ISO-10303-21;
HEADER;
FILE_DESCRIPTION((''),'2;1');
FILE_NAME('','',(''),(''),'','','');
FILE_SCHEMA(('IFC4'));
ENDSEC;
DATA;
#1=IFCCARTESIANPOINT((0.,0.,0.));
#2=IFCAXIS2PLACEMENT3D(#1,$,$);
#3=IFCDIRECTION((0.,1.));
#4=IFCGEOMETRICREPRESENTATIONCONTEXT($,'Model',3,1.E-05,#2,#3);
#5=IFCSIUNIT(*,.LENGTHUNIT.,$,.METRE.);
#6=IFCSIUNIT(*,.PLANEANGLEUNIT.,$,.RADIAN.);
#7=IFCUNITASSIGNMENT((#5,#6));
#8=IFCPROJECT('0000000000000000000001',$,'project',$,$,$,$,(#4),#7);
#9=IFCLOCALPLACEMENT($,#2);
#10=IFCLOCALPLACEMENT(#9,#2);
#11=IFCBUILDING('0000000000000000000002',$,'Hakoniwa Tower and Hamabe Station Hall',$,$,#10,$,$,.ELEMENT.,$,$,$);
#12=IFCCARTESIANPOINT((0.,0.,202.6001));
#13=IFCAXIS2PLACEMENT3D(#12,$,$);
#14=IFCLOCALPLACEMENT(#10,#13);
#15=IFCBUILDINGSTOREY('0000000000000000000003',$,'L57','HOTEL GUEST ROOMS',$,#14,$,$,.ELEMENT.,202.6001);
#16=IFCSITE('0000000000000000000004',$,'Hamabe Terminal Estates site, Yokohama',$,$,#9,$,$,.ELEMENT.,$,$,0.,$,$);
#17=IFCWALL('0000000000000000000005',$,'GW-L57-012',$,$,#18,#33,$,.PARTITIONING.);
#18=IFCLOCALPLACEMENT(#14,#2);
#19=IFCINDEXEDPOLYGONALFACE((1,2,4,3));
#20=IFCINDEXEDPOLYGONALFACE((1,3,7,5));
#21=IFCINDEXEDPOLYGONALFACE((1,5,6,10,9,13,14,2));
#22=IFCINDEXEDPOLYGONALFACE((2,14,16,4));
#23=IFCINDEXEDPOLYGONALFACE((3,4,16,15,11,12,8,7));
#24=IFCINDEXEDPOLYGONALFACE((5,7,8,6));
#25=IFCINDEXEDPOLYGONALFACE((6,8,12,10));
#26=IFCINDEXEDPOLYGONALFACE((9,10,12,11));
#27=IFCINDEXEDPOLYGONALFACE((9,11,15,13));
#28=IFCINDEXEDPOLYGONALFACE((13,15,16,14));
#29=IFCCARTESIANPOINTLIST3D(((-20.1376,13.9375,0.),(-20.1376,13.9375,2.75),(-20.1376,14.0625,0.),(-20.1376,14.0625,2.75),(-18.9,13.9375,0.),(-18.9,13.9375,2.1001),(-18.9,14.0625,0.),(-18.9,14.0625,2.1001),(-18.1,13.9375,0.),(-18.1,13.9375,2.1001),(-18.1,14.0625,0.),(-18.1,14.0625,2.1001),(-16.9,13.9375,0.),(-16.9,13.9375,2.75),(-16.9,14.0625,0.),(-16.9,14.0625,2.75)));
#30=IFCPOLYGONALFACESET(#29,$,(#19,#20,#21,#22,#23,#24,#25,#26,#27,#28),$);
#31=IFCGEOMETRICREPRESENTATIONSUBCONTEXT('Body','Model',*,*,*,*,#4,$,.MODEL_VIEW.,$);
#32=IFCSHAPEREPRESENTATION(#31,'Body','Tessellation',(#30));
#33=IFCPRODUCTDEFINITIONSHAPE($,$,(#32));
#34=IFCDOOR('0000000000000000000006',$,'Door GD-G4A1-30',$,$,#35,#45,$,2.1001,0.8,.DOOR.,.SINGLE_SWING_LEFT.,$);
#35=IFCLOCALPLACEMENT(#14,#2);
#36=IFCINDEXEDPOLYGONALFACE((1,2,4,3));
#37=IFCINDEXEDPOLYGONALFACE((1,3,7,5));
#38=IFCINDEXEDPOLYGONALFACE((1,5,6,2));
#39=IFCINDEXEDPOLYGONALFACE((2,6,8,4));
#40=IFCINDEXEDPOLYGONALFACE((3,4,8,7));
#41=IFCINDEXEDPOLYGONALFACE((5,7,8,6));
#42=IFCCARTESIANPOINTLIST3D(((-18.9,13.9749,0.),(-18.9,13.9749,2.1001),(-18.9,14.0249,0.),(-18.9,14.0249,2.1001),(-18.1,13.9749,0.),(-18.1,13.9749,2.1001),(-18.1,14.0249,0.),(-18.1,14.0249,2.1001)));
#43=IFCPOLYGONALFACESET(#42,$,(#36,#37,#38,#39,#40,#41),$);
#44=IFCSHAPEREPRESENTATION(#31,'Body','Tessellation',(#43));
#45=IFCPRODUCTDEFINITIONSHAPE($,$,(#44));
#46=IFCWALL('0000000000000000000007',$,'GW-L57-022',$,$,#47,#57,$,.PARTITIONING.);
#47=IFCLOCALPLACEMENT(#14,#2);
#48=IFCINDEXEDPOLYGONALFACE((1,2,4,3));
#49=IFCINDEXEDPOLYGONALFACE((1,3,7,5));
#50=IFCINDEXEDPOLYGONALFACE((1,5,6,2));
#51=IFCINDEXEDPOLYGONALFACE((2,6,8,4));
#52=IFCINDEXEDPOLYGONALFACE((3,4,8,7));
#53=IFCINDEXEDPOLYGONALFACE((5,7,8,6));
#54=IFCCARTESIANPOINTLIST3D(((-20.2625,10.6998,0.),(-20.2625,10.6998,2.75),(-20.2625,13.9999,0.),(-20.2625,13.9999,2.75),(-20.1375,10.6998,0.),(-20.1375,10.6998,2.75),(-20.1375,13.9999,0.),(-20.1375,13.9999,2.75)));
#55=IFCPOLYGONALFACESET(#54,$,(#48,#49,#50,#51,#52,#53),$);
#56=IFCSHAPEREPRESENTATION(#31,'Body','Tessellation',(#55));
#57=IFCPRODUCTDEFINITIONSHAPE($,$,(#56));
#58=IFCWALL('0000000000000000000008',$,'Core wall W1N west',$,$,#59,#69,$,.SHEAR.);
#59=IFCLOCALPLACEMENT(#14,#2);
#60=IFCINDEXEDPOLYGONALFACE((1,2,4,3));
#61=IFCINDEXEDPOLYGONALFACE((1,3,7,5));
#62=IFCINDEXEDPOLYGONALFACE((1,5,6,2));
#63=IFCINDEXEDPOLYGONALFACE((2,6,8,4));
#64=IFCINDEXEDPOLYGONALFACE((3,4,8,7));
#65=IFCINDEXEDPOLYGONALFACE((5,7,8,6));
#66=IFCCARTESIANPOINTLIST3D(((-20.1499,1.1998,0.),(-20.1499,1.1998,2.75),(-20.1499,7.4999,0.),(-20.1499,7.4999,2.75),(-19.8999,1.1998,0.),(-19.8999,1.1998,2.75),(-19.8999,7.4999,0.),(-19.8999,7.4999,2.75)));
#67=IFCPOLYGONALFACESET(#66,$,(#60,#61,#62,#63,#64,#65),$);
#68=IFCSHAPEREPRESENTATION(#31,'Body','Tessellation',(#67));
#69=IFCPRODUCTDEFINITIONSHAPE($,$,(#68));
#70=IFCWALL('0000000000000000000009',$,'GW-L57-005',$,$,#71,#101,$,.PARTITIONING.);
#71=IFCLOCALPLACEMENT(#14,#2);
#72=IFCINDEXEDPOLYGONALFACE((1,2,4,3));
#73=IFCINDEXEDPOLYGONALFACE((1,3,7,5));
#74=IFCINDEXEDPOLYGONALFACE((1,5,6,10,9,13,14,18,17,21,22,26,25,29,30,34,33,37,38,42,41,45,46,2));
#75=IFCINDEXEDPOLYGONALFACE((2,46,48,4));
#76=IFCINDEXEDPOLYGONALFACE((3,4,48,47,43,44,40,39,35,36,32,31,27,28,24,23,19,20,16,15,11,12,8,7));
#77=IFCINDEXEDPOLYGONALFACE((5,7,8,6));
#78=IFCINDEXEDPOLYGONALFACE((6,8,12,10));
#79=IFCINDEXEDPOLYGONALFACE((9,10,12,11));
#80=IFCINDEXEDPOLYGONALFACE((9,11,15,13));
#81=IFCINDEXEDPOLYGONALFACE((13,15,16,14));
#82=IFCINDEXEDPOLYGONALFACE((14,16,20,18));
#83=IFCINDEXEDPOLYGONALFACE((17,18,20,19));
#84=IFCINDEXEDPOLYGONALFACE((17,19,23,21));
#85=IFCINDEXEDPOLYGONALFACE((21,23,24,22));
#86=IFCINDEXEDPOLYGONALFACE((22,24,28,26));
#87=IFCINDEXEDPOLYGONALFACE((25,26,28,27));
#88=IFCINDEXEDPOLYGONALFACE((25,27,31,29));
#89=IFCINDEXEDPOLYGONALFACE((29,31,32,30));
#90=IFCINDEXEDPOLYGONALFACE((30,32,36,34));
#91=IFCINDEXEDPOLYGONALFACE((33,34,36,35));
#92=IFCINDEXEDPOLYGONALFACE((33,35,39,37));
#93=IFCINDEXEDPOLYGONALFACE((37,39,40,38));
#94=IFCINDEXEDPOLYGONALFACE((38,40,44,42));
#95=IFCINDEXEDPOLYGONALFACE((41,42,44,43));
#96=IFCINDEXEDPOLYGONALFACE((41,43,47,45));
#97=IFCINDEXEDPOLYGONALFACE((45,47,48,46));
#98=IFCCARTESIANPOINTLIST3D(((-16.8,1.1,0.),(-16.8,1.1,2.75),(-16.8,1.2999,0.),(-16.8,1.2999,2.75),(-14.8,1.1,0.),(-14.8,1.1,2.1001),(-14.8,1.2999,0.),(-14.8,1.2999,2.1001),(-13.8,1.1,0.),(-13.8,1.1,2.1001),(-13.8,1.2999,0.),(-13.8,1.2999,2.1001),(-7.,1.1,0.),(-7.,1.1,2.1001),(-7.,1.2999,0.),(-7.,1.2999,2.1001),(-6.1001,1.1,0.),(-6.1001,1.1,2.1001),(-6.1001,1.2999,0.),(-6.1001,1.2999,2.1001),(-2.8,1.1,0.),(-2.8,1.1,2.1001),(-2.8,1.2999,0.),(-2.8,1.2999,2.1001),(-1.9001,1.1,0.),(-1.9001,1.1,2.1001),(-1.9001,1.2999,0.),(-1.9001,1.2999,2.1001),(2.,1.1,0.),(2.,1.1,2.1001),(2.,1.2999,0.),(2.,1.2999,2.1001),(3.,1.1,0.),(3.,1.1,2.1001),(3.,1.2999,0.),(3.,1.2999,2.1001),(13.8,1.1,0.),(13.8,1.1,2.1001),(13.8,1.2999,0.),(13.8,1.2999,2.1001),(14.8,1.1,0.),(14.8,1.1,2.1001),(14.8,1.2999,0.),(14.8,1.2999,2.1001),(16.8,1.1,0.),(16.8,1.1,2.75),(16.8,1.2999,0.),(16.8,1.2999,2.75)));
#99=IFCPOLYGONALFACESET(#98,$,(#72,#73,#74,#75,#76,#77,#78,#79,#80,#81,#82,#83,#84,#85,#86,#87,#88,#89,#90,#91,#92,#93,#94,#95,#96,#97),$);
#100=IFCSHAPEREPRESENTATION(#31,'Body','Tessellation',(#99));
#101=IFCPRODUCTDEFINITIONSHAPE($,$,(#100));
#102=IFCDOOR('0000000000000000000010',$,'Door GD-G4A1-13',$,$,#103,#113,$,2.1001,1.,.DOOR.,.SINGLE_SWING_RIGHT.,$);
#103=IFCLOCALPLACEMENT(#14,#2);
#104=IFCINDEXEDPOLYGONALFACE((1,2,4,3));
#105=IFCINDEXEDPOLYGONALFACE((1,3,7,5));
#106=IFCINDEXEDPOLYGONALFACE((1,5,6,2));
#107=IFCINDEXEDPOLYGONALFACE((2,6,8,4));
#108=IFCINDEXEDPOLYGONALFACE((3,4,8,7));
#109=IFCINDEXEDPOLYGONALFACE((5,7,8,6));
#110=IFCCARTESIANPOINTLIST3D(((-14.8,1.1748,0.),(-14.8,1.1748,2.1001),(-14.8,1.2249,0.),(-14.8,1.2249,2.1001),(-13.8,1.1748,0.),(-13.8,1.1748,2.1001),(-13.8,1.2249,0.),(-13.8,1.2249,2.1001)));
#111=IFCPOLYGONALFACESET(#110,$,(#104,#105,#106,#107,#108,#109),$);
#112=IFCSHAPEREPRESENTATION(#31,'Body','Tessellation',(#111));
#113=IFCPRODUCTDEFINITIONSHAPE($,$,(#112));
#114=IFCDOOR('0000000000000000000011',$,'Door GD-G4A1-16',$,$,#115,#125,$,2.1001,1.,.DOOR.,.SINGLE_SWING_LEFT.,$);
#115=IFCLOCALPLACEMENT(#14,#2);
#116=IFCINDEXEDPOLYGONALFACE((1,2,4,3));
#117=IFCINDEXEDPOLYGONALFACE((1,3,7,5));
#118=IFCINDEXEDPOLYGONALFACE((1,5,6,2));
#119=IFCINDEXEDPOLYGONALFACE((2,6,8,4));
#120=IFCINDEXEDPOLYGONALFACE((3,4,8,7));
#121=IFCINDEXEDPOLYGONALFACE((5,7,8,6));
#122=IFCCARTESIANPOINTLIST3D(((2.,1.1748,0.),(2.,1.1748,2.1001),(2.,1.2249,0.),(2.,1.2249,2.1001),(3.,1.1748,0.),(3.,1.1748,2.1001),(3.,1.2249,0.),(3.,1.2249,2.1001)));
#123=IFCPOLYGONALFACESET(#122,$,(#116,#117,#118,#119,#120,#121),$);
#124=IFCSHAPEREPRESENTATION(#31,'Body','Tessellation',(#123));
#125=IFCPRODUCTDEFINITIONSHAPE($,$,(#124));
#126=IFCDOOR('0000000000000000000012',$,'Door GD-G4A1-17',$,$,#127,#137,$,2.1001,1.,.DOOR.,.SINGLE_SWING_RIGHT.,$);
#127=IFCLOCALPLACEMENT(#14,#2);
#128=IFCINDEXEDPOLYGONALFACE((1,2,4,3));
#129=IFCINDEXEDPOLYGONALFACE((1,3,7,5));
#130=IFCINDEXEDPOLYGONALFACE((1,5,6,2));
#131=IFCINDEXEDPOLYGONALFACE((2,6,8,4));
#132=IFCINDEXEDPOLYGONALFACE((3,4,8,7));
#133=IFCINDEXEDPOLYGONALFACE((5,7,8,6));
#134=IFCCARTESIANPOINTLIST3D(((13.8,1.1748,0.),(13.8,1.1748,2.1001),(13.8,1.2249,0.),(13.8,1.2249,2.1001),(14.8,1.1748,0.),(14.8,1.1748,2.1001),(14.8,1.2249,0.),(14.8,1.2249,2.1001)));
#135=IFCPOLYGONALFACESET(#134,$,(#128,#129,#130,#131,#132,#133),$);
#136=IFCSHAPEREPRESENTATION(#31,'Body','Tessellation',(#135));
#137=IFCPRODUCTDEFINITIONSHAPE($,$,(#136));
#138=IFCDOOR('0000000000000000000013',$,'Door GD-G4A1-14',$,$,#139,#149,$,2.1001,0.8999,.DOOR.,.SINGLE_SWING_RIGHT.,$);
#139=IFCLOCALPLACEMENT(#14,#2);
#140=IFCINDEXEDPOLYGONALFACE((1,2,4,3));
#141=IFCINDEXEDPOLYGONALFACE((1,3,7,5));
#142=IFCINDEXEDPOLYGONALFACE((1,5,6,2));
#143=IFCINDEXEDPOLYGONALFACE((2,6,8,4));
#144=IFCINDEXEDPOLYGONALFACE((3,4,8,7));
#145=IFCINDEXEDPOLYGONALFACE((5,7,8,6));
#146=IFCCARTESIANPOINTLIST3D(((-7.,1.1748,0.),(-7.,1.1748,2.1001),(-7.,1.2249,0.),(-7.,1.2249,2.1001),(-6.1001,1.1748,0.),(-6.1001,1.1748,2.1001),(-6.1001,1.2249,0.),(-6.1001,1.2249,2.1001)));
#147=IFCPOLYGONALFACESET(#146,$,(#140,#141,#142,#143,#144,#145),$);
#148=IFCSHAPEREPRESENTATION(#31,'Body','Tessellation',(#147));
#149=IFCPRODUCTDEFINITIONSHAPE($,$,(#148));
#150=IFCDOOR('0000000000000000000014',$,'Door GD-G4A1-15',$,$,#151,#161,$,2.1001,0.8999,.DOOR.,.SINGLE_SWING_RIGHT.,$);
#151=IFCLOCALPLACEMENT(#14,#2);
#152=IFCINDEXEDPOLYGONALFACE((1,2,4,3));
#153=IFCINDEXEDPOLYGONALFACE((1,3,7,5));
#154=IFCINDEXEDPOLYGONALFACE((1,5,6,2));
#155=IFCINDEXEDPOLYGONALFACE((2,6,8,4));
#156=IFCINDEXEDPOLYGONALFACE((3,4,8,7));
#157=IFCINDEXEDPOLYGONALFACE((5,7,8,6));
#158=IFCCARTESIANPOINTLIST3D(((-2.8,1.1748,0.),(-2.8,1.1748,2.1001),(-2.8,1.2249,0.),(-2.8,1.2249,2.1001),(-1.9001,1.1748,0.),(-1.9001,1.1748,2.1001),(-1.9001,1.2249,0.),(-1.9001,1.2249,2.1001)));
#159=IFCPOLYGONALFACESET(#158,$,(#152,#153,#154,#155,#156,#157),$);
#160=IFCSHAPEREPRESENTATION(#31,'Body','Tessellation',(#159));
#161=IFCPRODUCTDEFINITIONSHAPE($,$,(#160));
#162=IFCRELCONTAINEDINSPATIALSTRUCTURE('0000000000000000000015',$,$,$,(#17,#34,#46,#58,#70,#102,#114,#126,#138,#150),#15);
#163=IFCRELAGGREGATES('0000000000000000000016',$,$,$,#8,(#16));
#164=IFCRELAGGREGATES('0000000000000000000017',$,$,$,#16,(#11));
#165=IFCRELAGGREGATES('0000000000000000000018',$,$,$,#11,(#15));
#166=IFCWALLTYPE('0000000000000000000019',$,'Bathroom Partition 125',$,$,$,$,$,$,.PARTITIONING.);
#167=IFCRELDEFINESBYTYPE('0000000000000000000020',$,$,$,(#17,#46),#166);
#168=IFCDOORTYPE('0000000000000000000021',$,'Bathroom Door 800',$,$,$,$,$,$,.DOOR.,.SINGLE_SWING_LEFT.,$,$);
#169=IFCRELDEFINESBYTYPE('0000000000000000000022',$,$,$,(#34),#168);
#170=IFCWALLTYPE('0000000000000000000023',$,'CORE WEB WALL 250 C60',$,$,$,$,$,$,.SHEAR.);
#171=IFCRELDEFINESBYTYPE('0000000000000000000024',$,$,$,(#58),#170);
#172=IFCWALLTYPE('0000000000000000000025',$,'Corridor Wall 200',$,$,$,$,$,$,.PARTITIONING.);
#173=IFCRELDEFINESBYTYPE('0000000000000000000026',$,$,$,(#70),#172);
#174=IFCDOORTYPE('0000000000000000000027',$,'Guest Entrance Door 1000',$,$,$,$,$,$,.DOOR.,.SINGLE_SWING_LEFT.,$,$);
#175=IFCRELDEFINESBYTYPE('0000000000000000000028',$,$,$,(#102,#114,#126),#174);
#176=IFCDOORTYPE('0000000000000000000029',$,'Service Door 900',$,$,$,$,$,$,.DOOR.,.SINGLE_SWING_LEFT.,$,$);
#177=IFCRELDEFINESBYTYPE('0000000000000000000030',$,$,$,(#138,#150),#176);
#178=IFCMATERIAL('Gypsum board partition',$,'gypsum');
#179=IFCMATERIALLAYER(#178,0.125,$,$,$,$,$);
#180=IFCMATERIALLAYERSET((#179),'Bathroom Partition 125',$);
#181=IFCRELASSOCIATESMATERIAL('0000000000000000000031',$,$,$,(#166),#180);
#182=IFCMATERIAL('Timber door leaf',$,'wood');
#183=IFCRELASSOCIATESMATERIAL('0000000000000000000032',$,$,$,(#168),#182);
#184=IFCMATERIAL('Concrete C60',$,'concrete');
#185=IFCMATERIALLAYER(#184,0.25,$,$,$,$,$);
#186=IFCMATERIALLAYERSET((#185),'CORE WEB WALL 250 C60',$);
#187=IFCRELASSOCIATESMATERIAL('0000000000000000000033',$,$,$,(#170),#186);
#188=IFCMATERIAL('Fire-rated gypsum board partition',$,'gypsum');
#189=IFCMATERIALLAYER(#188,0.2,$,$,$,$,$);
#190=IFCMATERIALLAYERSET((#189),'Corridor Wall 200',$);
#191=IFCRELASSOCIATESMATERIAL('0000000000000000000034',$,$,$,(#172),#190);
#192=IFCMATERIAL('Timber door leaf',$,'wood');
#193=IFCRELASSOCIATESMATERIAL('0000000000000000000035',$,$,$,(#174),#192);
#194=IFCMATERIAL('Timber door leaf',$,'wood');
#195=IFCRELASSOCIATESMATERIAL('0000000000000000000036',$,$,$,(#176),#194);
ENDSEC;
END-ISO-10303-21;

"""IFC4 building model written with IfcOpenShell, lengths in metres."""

from ifc_helpers import new_model, si_unit, direction, frame, frame_2d, origin, place, context, subcontext, project, spatial, rectangle, extrude, material, layer, layer_set, type_object, element, fill, save


model = new_model("IFC4")

# Units and contexts
model_context = context("Model", 3, precision=1e-05, world=origin(), true_north=direction((0.0, 1.0)))
body_context = subcontext(model_context, "Body", "Model", "MODEL_VIEW")
ifc_project = project(units=[si_unit("LENGTHUNIT", "METRE"), si_unit("PLANEANGLEUNIT", "RADIAN")], contexts=[model_context])

# Site, building, storey
site_placement = place(None, origin())
site = spatial("IfcSite", under=ifc_project, at=site_placement, Name="Hamabe Terminal Estates site, Yokohama", CompositionType="ELEMENT", RefElevation=0.0)
building_placement = place(site_placement, origin())
building = spatial("IfcBuilding", under=site, at=building_placement, Name="Hakoniwa Tower and Hamabe Station Hall", CompositionType="ELEMENT")
storey_placement = place(building_placement, frame((0.0, 0.0, 202.6001)))
storey = spatial("IfcBuildingStorey", under=building, at=storey_placement, Name="L57", Description="HOTEL GUEST ROOMS", CompositionType="ELEMENT", Elevation=202.6001)

# Wall, opening, door
ifc_material_1 = material(Name="Gypsum board partition", Category="gypsum")
ifc_layer_1 = layer(ifc_material_1, 0.125)
ifc_layer_set_1 = layer_set([ifc_layer_1], Name="Bathroom Partition 125")
wall_type_1 = type_object("IfcWallType", Name="Bathroom Partition 125", PredefinedType="PARTITIONING", material=ifc_layer_set_1)
ifc_material_2 = material(Name="Timber door leaf", Category="wood")
door_type_1 = type_object("IfcDoorType", Name="Bathroom Door 800", OperationType="SINGLE_SWING_LEFT", PredefinedType="DOOR", material=ifc_material_2)
wall_1_placement = place(storey_placement, frame((-20.1375, 14.0, 0.0), z_axis=(0.0, 0.0, 1.0), x_axis=(1.0, 0.0, 0.0)))
wall_1 = element("IfcWall", 1, at=wall_1_placement, inside=storey, type_object=wall_type_1, Name="GW-L57-012", PredefinedType="PARTITIONING", context=body_context, shape_type="SweptSolid", body=[
    extrude(rectangle(XDim=3.2375, YDim=0.125, at=frame_2d((1.6187, 0.0))), origin(), (0.0, 0.0, 1.0), 2.75),
])
opening_1_placement = place(wall_1_placement, frame((1.2375, 0.0, 0.0)))
opening_1 = element("IfcOpeningElement", 2, at=opening_1_placement, cuts=wall_1, PredefinedType="OPENING", context=body_context, shape_type="SweptSolid", body=[
    extrude(rectangle(XDim=0.8, YDim=2.1001, at=frame_2d((0.3999, 1.05))), frame((0.0, 0.0725, 0.0), z_axis=(0.0, -1.0, 0.0), x_axis=(1.0, 0.0, 0.0)), (0.0, 0.0, 1.0), 0.145),
])
door_1_placement = place(opening_1_placement, origin())
door_1 = element("IfcDoor", 3, at=door_1_placement, inside=storey, type_object=door_type_1, Name="Door GD-G4A1-30", OperationType="SINGLE_SWING_LEFT", OverallHeight=2.1001, OverallWidth=0.8, PredefinedType="DOOR", context=body_context, shape_type="SweptSolid", body=[
    extrude(rectangle(XDim=0.8, YDim=2.1001, at=frame_2d((0.3999, 1.05))), frame((0.0, 0.0249, 0.0), z_axis=(0.0, -1.0, 0.0), x_axis=(1.0, 0.0, 0.0)), (0.0, 0.0, 1.0), 0.05),
])
fill(opening_1, door_1)

# Walls
wall_2_placement = place(storey_placement, frame((-20.2, 10.7, 0.0), z_axis=(0.0, 0.0, 1.0), x_axis=(0.0, 1.0, 0.0)))
element("IfcWall", 4, at=wall_2_placement, inside=storey, type_object=wall_type_1, Name="GW-L57-022", PredefinedType="PARTITIONING", context=body_context, shape_type="SweptSolid", body=[
    extrude(rectangle(XDim=3.3, YDim=0.125, at=frame_2d((1.6499, 0.0))), origin(), (0.0, 0.0, 1.0), 2.75),
])
ifc_material_3 = material(Name="Concrete C60", Category="concrete")
ifc_layer_2 = layer(ifc_material_3, 0.25)
ifc_layer_set_2 = layer_set([ifc_layer_2], Name="CORE WEB WALL 250 C60")
wall_type_2 = type_object("IfcWallType", Name="CORE WEB WALL 250 C60", PredefinedType="SHEAR", material=ifc_layer_set_2)
wall_3_placement = place(storey_placement, frame((-20.0249, 1.2, 0.0), z_axis=(0.0, 0.0, 1.0), x_axis=(0.0, 1.0, 0.0)))
element("IfcWall", 5, at=wall_3_placement, inside=storey, type_object=wall_type_2, Name="Core wall W1N west", PredefinedType="SHEAR", context=body_context, shape_type="SweptSolid", body=[
    extrude(rectangle(XDim=6.3, YDim=0.25, at=frame_2d((3.1499, 0.0))), origin(), (0.0, 0.0, 1.0), 2.75),
])

# Wall, openings, doors
ifc_material_4 = material(Name="Fire-rated gypsum board partition", Category="gypsum")
ifc_layer_3 = layer(ifc_material_4, 0.2)
ifc_layer_set_3 = layer_set([ifc_layer_3], Name="Corridor Wall 200")
wall_type_3 = type_object("IfcWallType", Name="Corridor Wall 200", PredefinedType="PARTITIONING", material=ifc_layer_set_3)
wall_4_placement = place(storey_placement, frame((-16.8, 1.2, 0.0), z_axis=(0.0, 0.0, 1.0), x_axis=(1.0, 0.0, 0.0)))
wall_4 = element("IfcWall", 6, at=wall_4_placement, inside=storey, type_object=wall_type_3, Name="GW-L57-005", PredefinedType="PARTITIONING", context=body_context, shape_type="SweptSolid", body=[
    extrude(rectangle(XDim=33.6001, YDim=0.2, at=frame_2d((16.8, 0.0))), origin(), (0.0, 0.0, 1.0), 2.75),
])
opening_2_placement = place(wall_4_placement, frame((2.0, 0.0, 0.0)))
opening_2 = element("IfcOpeningElement", 7, at=opening_2_placement, cuts=wall_4, PredefinedType="OPENING", context=body_context, shape_type="SweptSolid", body=[
    extrude(rectangle(XDim=1.0, YDim=2.1001, at=frame_2d((0.5, 1.05))), frame((0.0, 0.1099, 0.0), z_axis=(0.0, -1.0, 0.0), x_axis=(1.0, 0.0, 0.0)), (0.0, 0.0, 1.0), 0.22),
])
opening_3_placement = place(wall_4_placement, frame((9.8, 0.0, 0.0)))
opening_3 = element("IfcOpeningElement", 8, at=opening_3_placement, cuts=wall_4, PredefinedType="OPENING", context=body_context, shape_type="SweptSolid", body=[
    extrude(rectangle(XDim=0.8999, YDim=2.1001, at=frame_2d((0.45, 1.05))), frame((0.0, 0.1099, 0.0), z_axis=(0.0, -1.0, 0.0), x_axis=(1.0, 0.0, 0.0)), (0.0, 0.0, 1.0), 0.22),
])
opening_4_placement = place(wall_4_placement, frame((14.0, 0.0, 0.0)))
opening_4 = element("IfcOpeningElement", 9, at=opening_4_placement, cuts=wall_4, PredefinedType="OPENING", context=body_context, shape_type="SweptSolid", body=[
    extrude(rectangle(XDim=0.8999, YDim=2.1001, at=frame_2d((0.45, 1.05))), frame((0.0, 0.1099, 0.0), z_axis=(0.0, -1.0, 0.0), x_axis=(1.0, 0.0, 0.0)), (0.0, 0.0, 1.0), 0.22),
])
opening_5_placement = place(wall_4_placement, frame((18.8, 0.0, 0.0)))
opening_5 = element("IfcOpeningElement", 10, at=opening_5_placement, cuts=wall_4, PredefinedType="OPENING", context=body_context, shape_type="SweptSolid", body=[
    extrude(rectangle(XDim=1.0, YDim=2.1001, at=frame_2d((0.5, 1.05))), frame((0.0, 0.1099, 0.0), z_axis=(0.0, -1.0, 0.0), x_axis=(1.0, 0.0, 0.0)), (0.0, 0.0, 1.0), 0.22),
])
opening_6_placement = place(wall_4_placement, frame((30.6001, 0.0, 0.0)))
opening_6 = element("IfcOpeningElement", 11, at=opening_6_placement, cuts=wall_4, PredefinedType="OPENING", context=body_context, shape_type="SweptSolid", body=[
    extrude(rectangle(XDim=1.0, YDim=2.1001, at=frame_2d((0.5, 1.05))), frame((0.0, 0.1099, 0.0), z_axis=(0.0, -1.0, 0.0), x_axis=(1.0, 0.0, 0.0)), (0.0, 0.0, 1.0), 0.22),
])
ifc_material_5 = material(Name="Timber door leaf", Category="wood")
door_type_2 = type_object("IfcDoorType", Name="Guest Entrance Door 1000", OperationType="SINGLE_SWING_LEFT", PredefinedType="DOOR", material=ifc_material_5)
door_2_placement = place(opening_2_placement, origin())
door_2 = element("IfcDoor", 12, at=door_2_placement, inside=storey, type_object=door_type_2, Name="Door GD-G4A1-13", OperationType="SINGLE_SWING_RIGHT", OverallHeight=2.1001, OverallWidth=1.0, PredefinedType="DOOR", context=body_context, shape_type="SweptSolid", body=[
    extrude(rectangle(XDim=1.0, YDim=2.1001, at=frame_2d((0.5, 1.05))), frame((0.0, 0.0249, 0.0), z_axis=(0.0, -1.0, 0.0), x_axis=(1.0, 0.0, 0.0)), (0.0, 0.0, 1.0), 0.05),
])
fill(opening_2, door_2)
door_3_placement = place(opening_5_placement, origin())
door_3 = element("IfcDoor", 13, at=door_3_placement, inside=storey, type_object=door_type_2, Name="Door GD-G4A1-16", OperationType="SINGLE_SWING_LEFT", OverallHeight=2.1001, OverallWidth=1.0, PredefinedType="DOOR", context=body_context, shape_type="SweptSolid", body=[
    extrude(rectangle(XDim=1.0, YDim=2.1001, at=frame_2d((0.5, 1.05))), frame((0.0, 0.0249, 0.0), z_axis=(0.0, -1.0, 0.0), x_axis=(1.0, 0.0, 0.0)), (0.0, 0.0, 1.0), 0.05),
])
fill(opening_5, door_3)
door_4_placement = place(opening_6_placement, origin())
door_4 = element("IfcDoor", 14, at=door_4_placement, inside=storey, type_object=door_type_2, Name="Door GD-G4A1-17", OperationType="SINGLE_SWING_RIGHT", OverallHeight=2.1001, OverallWidth=1.0, PredefinedType="DOOR", context=body_context, shape_type="SweptSolid", body=[
    extrude(rectangle(XDim=1.0, YDim=2.1001, at=frame_2d((0.5, 1.05))), frame((0.0, 0.0249, 0.0), z_axis=(0.0, -1.0, 0.0), x_axis=(1.0, 0.0, 0.0)), (0.0, 0.0, 1.0), 0.05),
])
fill(opening_6, door_4)
ifc_material_6 = material(Name="Timber door leaf", Category="wood")
door_type_3 = type_object("IfcDoorType", Name="Service Door 900", OperationType="SINGLE_SWING_LEFT", PredefinedType="DOOR", material=ifc_material_6)
door_5_placement = place(opening_3_placement, origin())
door_5 = element("IfcDoor", 15, at=door_5_placement, inside=storey, type_object=door_type_3, Name="Door GD-G4A1-14", OperationType="SINGLE_SWING_RIGHT", OverallHeight=2.1001, OverallWidth=0.8999, PredefinedType="DOOR", context=body_context, shape_type="SweptSolid", body=[
    extrude(rectangle(XDim=0.8999, YDim=2.1001, at=frame_2d((0.45, 1.05))), frame((0.0, 0.0249, 0.0), z_axis=(0.0, -1.0, 0.0), x_axis=(1.0, 0.0, 0.0)), (0.0, 0.0, 1.0), 0.05),
])
fill(opening_3, door_5)
door_6_placement = place(opening_4_placement, origin())
door_6 = element("IfcDoor", 16, at=door_6_placement, inside=storey, type_object=door_type_3, Name="Door GD-G4A1-15", OperationType="SINGLE_SWING_RIGHT", OverallHeight=2.1001, OverallWidth=0.8999, PredefinedType="DOOR", context=body_context, shape_type="SweptSolid", body=[
    extrude(rectangle(XDim=0.8999, YDim=2.1001, at=frame_2d((0.45, 1.05))), frame((0.0, 0.0249, 0.0), z_axis=(0.0, -1.0, 0.0), x_axis=(1.0, 0.0, 0.0)), (0.0, 0.0, 1.0), 0.05),
])
fill(opening_4, door_6)

save(model, "model.ifc")
